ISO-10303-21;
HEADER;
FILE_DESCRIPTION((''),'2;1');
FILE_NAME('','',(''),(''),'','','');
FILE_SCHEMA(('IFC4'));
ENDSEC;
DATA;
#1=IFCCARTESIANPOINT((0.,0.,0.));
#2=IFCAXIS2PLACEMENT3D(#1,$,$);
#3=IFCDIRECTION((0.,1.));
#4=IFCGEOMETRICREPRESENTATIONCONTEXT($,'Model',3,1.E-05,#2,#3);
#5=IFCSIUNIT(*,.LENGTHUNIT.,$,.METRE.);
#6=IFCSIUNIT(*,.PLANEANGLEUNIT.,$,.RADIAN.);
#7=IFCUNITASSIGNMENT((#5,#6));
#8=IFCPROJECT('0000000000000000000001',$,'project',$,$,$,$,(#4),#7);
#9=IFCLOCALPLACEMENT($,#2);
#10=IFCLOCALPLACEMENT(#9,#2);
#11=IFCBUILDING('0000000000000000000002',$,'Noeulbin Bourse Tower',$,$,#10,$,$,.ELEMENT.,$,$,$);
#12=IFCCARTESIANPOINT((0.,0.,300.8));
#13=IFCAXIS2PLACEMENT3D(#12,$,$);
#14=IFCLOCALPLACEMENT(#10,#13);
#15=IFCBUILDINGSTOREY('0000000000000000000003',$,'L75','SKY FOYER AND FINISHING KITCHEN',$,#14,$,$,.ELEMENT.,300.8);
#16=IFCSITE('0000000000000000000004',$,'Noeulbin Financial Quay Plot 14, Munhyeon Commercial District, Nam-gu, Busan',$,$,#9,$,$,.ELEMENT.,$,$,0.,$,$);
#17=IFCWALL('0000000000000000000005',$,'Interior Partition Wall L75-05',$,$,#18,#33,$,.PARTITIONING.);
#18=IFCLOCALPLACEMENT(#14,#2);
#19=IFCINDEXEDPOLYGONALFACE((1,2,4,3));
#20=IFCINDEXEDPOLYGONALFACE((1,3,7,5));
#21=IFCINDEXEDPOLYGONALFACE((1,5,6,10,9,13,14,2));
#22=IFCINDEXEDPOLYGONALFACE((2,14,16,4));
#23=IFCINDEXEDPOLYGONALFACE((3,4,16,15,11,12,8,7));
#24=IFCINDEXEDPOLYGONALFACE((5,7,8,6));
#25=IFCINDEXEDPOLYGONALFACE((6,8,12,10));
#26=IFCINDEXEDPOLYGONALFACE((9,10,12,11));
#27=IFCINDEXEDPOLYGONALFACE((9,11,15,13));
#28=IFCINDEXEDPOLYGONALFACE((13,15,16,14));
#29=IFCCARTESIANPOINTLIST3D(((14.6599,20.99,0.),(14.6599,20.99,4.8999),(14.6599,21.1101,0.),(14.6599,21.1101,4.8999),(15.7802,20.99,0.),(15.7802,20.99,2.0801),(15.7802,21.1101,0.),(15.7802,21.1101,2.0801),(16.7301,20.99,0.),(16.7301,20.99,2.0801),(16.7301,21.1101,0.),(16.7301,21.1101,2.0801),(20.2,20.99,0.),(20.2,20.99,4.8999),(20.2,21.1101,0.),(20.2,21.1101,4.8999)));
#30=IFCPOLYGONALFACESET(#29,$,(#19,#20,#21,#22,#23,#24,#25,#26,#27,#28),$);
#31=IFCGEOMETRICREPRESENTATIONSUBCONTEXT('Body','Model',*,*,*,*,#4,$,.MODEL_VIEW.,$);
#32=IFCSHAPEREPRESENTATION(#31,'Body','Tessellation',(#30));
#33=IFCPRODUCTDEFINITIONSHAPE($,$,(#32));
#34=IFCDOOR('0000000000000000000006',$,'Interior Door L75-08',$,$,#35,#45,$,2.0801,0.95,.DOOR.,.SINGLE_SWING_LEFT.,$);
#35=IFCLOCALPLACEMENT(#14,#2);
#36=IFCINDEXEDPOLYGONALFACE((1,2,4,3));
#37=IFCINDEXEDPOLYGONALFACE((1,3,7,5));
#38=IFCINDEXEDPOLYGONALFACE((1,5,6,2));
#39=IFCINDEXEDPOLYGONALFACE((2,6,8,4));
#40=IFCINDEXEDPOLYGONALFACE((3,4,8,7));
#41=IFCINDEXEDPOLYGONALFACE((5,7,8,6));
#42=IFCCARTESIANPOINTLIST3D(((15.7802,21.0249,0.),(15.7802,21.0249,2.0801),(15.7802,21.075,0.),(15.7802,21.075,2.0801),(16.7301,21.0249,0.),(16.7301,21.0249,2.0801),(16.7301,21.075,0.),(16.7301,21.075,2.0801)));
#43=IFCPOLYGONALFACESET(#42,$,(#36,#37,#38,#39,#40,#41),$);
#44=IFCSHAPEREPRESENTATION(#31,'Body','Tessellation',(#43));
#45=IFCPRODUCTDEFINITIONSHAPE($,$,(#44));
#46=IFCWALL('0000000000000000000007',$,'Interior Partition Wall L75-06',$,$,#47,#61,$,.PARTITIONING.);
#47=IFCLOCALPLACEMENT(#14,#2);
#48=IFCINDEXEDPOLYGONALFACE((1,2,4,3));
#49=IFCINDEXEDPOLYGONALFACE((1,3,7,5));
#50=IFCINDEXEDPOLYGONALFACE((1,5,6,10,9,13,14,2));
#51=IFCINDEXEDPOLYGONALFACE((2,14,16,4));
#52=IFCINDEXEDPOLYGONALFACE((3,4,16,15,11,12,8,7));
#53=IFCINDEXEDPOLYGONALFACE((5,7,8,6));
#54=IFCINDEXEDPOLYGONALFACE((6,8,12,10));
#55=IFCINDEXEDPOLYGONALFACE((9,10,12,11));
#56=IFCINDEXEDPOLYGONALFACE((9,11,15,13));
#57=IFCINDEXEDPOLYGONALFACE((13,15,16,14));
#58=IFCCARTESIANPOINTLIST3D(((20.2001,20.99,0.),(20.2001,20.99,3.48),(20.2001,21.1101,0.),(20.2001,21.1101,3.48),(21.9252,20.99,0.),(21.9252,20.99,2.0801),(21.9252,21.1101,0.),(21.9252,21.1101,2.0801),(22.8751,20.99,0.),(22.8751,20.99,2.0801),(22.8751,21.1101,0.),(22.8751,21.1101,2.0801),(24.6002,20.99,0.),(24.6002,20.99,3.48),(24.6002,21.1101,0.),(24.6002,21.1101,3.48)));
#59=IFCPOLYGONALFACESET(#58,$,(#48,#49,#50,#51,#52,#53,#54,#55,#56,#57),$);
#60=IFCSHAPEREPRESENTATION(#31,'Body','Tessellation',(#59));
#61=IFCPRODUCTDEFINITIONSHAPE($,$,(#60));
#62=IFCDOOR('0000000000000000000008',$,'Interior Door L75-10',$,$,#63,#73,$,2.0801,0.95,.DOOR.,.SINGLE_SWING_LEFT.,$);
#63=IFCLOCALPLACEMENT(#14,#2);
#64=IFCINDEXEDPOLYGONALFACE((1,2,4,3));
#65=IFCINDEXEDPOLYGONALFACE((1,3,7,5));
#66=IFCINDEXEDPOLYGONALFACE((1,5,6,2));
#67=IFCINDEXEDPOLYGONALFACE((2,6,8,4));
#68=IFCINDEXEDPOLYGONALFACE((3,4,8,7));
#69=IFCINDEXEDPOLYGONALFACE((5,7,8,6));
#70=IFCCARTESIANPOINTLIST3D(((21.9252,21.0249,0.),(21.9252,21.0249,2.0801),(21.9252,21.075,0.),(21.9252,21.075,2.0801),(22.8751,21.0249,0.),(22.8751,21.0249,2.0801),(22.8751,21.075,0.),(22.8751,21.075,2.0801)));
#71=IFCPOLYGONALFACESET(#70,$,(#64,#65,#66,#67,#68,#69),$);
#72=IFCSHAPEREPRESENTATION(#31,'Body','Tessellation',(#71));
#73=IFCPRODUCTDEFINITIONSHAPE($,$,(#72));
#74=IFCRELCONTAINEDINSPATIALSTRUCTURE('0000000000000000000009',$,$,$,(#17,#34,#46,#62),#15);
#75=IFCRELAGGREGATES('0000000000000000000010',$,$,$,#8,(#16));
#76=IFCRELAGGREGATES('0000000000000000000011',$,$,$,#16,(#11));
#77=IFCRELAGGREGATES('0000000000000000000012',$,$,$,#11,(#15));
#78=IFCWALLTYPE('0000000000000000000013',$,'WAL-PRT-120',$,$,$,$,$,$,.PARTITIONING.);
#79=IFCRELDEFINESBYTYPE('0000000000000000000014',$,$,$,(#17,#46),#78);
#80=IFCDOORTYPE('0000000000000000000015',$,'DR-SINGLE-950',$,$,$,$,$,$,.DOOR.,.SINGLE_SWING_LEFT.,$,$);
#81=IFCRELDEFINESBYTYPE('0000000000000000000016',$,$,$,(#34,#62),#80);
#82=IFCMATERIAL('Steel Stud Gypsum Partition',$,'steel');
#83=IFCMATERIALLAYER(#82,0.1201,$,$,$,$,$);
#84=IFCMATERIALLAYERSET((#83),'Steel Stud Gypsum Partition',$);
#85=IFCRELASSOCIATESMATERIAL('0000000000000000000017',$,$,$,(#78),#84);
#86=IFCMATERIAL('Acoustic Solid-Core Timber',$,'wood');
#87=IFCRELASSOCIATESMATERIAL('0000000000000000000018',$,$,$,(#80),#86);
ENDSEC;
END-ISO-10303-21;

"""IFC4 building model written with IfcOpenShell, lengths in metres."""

from ifc_helpers import new_model, si_unit, direction, frame, frame_2d, origin, place, context, subcontext, project, spatial, rectangle, extrude, material, layer, layer_set, type_object, element, fill, save


model = new_model("IFC4")

# Units and contexts
model_context = context("Model", 3, precision=1e-05, world=origin(), true_north=direction((0.0, 1.0)))
body_context = subcontext(model_context, "Body", "Model", "MODEL_VIEW")
ifc_project = project(units=[si_unit("LENGTHUNIT", "METRE"), si_unit("PLANEANGLEUNIT", "RADIAN")], contexts=[model_context])

# Site, building, storey
site_placement = place(None, origin())
site = spatial("IfcSite", under=ifc_project, at=site_placement, Name="Noeulbin Financial Quay Plot 14, Munhyeon Commercial District, Nam-gu, Busan", CompositionType="ELEMENT", RefElevation=0.0)
building_placement = place(site_placement, origin())
building = spatial("IfcBuilding", under=site, at=building_placement, Name="Noeulbin Bourse Tower", CompositionType="ELEMENT")
storey_placement = place(building_placement, frame((0.0, 0.0, 300.8)))
storey = spatial("IfcBuildingStorey", under=building, at=storey_placement, Name="L75", Description="SKY FOYER AND FINISHING KITCHEN", CompositionType="ELEMENT", Elevation=300.8)

# Walls, openings, doors
ifc_material_1 = material(Name="Steel Stud Gypsum Partition", Category="steel")
ifc_layer_1 = layer(ifc_material_1, 0.1201)
ifc_layer_set_1 = layer_set([ifc_layer_1], Name="Steel Stud Gypsum Partition")
wall_type_1 = type_object("IfcWallType", Name="WAL-PRT-120", PredefinedType="PARTITIONING", material=ifc_layer_set_1)
wall_1_placement = place(storey_placement, frame((14.6599, 21.05, 0.0), z_axis=(0.0, 0.0, 1.0), x_axis=(1.0, 0.0, 0.0)))
wall_1 = element("IfcWall", 1, at=wall_1_placement, inside=storey, type_object=wall_type_1, Name="Interior Partition Wall L75-05", PredefinedType="PARTITIONING", context=body_context, shape_type="SweptSolid", body=[
    extrude(rectangle(XDim=5.54, YDim=0.1201, at=frame_2d((2.77, 0.0))), origin(), (0.0, 0.0, 1.0), 4.8999),
])
opening_1_placement = place(wall_1_placement, frame((1.1201, 0.0, 0.0)))
opening_1 = element("IfcOpeningElement", 2, at=opening_1_placement, cuts=wall_1, PredefinedType="OPENING", context=body_context, shape_type="SweptSolid", body=[
    extrude(rectangle(XDim=0.95, YDim=2.0801, at=frame_2d((0.4751, 1.04))), frame((0.0, 0.0701, 0.0), z_axis=(0.0, -1.0, 0.0), x_axis=(1.0, 0.0, 0.0)), (0.0, 0.0, 1.0), 0.1401),
])
ifc_material_2 = material(Name="Acoustic Solid-Core Timber", Category="wood")
door_type = type_object("IfcDoorType", Name="DR-SINGLE-950", OperationType="SINGLE_SWING_LEFT", PredefinedType="DOOR", material=ifc_material_2)
door_1_placement = place(opening_1_placement, origin())
door_1 = element("IfcDoor", 3, at=door_1_placement, inside=storey, type_object=door_type, Name="Interior Door L75-08", OperationType="SINGLE_SWING_LEFT", OverallHeight=2.0801, OverallWidth=0.95, PredefinedType="DOOR", context=body_context, shape_type="SweptSolid", body=[
    extrude(rectangle(XDim=0.95, YDim=2.0801, at=frame_2d((0.4751, 1.04))), frame((0.0, 0.0249, 0.0), z_axis=(0.0, -1.0, 0.0), x_axis=(1.0, 0.0, 0.0)), (0.0, 0.0, 1.0), 0.05),
])
fill(opening_1, door_1)
wall_2_placement = place(storey_placement, frame((20.2, 21.05, 0.0), z_axis=(0.0, 0.0, 1.0), x_axis=(1.0, 0.0, 0.0)))
wall_2 = element("IfcWall", 4, at=wall_2_placement, inside=storey, type_object=wall_type_1, Name="Interior Partition Wall L75-06", PredefinedType="PARTITIONING", context=body_context, shape_type="SweptSolid", body=[
    extrude(rectangle(XDim=4.4001, YDim=0.1201, at=frame_2d((2.2002, 0.0))), origin(), (0.0, 0.0, 1.0), 3.48),
])
opening_2_placement = place(wall_2_placement, frame((1.7251, 0.0, 0.0)))
opening_2 = element("IfcOpeningElement", 5, at=opening_2_placement, cuts=wall_2, PredefinedType="OPENING", context=body_context, shape_type="SweptSolid", body=[
    extrude(rectangle(XDim=0.95, YDim=2.0801, at=frame_2d((0.4751, 1.04))), frame((0.0, 0.0701, 0.0), z_axis=(0.0, -1.0, 0.0), x_axis=(1.0, 0.0, 0.0)), (0.0, 0.0, 1.0), 0.1401),
])
door_2_placement = place(opening_2_placement, origin())
door_2 = element("IfcDoor", 6, at=door_2_placement, inside=storey, type_object=door_type, Name="Interior Door L75-10", OperationType="SINGLE_SWING_LEFT", OverallHeight=2.0801, OverallWidth=0.95, PredefinedType="DOOR", context=body_context, shape_type="SweptSolid", body=[
    extrude(rectangle(XDim=0.95, YDim=2.0801, at=frame_2d((0.4751, 1.04))), frame((0.0, 0.0249, 0.0), z_axis=(0.0, -1.0, 0.0), x_axis=(1.0, 0.0, 0.0)), (0.0, 0.0, 1.0), 0.05),
])
fill(opening_2, door_2)

save(model, "model.ifc")
